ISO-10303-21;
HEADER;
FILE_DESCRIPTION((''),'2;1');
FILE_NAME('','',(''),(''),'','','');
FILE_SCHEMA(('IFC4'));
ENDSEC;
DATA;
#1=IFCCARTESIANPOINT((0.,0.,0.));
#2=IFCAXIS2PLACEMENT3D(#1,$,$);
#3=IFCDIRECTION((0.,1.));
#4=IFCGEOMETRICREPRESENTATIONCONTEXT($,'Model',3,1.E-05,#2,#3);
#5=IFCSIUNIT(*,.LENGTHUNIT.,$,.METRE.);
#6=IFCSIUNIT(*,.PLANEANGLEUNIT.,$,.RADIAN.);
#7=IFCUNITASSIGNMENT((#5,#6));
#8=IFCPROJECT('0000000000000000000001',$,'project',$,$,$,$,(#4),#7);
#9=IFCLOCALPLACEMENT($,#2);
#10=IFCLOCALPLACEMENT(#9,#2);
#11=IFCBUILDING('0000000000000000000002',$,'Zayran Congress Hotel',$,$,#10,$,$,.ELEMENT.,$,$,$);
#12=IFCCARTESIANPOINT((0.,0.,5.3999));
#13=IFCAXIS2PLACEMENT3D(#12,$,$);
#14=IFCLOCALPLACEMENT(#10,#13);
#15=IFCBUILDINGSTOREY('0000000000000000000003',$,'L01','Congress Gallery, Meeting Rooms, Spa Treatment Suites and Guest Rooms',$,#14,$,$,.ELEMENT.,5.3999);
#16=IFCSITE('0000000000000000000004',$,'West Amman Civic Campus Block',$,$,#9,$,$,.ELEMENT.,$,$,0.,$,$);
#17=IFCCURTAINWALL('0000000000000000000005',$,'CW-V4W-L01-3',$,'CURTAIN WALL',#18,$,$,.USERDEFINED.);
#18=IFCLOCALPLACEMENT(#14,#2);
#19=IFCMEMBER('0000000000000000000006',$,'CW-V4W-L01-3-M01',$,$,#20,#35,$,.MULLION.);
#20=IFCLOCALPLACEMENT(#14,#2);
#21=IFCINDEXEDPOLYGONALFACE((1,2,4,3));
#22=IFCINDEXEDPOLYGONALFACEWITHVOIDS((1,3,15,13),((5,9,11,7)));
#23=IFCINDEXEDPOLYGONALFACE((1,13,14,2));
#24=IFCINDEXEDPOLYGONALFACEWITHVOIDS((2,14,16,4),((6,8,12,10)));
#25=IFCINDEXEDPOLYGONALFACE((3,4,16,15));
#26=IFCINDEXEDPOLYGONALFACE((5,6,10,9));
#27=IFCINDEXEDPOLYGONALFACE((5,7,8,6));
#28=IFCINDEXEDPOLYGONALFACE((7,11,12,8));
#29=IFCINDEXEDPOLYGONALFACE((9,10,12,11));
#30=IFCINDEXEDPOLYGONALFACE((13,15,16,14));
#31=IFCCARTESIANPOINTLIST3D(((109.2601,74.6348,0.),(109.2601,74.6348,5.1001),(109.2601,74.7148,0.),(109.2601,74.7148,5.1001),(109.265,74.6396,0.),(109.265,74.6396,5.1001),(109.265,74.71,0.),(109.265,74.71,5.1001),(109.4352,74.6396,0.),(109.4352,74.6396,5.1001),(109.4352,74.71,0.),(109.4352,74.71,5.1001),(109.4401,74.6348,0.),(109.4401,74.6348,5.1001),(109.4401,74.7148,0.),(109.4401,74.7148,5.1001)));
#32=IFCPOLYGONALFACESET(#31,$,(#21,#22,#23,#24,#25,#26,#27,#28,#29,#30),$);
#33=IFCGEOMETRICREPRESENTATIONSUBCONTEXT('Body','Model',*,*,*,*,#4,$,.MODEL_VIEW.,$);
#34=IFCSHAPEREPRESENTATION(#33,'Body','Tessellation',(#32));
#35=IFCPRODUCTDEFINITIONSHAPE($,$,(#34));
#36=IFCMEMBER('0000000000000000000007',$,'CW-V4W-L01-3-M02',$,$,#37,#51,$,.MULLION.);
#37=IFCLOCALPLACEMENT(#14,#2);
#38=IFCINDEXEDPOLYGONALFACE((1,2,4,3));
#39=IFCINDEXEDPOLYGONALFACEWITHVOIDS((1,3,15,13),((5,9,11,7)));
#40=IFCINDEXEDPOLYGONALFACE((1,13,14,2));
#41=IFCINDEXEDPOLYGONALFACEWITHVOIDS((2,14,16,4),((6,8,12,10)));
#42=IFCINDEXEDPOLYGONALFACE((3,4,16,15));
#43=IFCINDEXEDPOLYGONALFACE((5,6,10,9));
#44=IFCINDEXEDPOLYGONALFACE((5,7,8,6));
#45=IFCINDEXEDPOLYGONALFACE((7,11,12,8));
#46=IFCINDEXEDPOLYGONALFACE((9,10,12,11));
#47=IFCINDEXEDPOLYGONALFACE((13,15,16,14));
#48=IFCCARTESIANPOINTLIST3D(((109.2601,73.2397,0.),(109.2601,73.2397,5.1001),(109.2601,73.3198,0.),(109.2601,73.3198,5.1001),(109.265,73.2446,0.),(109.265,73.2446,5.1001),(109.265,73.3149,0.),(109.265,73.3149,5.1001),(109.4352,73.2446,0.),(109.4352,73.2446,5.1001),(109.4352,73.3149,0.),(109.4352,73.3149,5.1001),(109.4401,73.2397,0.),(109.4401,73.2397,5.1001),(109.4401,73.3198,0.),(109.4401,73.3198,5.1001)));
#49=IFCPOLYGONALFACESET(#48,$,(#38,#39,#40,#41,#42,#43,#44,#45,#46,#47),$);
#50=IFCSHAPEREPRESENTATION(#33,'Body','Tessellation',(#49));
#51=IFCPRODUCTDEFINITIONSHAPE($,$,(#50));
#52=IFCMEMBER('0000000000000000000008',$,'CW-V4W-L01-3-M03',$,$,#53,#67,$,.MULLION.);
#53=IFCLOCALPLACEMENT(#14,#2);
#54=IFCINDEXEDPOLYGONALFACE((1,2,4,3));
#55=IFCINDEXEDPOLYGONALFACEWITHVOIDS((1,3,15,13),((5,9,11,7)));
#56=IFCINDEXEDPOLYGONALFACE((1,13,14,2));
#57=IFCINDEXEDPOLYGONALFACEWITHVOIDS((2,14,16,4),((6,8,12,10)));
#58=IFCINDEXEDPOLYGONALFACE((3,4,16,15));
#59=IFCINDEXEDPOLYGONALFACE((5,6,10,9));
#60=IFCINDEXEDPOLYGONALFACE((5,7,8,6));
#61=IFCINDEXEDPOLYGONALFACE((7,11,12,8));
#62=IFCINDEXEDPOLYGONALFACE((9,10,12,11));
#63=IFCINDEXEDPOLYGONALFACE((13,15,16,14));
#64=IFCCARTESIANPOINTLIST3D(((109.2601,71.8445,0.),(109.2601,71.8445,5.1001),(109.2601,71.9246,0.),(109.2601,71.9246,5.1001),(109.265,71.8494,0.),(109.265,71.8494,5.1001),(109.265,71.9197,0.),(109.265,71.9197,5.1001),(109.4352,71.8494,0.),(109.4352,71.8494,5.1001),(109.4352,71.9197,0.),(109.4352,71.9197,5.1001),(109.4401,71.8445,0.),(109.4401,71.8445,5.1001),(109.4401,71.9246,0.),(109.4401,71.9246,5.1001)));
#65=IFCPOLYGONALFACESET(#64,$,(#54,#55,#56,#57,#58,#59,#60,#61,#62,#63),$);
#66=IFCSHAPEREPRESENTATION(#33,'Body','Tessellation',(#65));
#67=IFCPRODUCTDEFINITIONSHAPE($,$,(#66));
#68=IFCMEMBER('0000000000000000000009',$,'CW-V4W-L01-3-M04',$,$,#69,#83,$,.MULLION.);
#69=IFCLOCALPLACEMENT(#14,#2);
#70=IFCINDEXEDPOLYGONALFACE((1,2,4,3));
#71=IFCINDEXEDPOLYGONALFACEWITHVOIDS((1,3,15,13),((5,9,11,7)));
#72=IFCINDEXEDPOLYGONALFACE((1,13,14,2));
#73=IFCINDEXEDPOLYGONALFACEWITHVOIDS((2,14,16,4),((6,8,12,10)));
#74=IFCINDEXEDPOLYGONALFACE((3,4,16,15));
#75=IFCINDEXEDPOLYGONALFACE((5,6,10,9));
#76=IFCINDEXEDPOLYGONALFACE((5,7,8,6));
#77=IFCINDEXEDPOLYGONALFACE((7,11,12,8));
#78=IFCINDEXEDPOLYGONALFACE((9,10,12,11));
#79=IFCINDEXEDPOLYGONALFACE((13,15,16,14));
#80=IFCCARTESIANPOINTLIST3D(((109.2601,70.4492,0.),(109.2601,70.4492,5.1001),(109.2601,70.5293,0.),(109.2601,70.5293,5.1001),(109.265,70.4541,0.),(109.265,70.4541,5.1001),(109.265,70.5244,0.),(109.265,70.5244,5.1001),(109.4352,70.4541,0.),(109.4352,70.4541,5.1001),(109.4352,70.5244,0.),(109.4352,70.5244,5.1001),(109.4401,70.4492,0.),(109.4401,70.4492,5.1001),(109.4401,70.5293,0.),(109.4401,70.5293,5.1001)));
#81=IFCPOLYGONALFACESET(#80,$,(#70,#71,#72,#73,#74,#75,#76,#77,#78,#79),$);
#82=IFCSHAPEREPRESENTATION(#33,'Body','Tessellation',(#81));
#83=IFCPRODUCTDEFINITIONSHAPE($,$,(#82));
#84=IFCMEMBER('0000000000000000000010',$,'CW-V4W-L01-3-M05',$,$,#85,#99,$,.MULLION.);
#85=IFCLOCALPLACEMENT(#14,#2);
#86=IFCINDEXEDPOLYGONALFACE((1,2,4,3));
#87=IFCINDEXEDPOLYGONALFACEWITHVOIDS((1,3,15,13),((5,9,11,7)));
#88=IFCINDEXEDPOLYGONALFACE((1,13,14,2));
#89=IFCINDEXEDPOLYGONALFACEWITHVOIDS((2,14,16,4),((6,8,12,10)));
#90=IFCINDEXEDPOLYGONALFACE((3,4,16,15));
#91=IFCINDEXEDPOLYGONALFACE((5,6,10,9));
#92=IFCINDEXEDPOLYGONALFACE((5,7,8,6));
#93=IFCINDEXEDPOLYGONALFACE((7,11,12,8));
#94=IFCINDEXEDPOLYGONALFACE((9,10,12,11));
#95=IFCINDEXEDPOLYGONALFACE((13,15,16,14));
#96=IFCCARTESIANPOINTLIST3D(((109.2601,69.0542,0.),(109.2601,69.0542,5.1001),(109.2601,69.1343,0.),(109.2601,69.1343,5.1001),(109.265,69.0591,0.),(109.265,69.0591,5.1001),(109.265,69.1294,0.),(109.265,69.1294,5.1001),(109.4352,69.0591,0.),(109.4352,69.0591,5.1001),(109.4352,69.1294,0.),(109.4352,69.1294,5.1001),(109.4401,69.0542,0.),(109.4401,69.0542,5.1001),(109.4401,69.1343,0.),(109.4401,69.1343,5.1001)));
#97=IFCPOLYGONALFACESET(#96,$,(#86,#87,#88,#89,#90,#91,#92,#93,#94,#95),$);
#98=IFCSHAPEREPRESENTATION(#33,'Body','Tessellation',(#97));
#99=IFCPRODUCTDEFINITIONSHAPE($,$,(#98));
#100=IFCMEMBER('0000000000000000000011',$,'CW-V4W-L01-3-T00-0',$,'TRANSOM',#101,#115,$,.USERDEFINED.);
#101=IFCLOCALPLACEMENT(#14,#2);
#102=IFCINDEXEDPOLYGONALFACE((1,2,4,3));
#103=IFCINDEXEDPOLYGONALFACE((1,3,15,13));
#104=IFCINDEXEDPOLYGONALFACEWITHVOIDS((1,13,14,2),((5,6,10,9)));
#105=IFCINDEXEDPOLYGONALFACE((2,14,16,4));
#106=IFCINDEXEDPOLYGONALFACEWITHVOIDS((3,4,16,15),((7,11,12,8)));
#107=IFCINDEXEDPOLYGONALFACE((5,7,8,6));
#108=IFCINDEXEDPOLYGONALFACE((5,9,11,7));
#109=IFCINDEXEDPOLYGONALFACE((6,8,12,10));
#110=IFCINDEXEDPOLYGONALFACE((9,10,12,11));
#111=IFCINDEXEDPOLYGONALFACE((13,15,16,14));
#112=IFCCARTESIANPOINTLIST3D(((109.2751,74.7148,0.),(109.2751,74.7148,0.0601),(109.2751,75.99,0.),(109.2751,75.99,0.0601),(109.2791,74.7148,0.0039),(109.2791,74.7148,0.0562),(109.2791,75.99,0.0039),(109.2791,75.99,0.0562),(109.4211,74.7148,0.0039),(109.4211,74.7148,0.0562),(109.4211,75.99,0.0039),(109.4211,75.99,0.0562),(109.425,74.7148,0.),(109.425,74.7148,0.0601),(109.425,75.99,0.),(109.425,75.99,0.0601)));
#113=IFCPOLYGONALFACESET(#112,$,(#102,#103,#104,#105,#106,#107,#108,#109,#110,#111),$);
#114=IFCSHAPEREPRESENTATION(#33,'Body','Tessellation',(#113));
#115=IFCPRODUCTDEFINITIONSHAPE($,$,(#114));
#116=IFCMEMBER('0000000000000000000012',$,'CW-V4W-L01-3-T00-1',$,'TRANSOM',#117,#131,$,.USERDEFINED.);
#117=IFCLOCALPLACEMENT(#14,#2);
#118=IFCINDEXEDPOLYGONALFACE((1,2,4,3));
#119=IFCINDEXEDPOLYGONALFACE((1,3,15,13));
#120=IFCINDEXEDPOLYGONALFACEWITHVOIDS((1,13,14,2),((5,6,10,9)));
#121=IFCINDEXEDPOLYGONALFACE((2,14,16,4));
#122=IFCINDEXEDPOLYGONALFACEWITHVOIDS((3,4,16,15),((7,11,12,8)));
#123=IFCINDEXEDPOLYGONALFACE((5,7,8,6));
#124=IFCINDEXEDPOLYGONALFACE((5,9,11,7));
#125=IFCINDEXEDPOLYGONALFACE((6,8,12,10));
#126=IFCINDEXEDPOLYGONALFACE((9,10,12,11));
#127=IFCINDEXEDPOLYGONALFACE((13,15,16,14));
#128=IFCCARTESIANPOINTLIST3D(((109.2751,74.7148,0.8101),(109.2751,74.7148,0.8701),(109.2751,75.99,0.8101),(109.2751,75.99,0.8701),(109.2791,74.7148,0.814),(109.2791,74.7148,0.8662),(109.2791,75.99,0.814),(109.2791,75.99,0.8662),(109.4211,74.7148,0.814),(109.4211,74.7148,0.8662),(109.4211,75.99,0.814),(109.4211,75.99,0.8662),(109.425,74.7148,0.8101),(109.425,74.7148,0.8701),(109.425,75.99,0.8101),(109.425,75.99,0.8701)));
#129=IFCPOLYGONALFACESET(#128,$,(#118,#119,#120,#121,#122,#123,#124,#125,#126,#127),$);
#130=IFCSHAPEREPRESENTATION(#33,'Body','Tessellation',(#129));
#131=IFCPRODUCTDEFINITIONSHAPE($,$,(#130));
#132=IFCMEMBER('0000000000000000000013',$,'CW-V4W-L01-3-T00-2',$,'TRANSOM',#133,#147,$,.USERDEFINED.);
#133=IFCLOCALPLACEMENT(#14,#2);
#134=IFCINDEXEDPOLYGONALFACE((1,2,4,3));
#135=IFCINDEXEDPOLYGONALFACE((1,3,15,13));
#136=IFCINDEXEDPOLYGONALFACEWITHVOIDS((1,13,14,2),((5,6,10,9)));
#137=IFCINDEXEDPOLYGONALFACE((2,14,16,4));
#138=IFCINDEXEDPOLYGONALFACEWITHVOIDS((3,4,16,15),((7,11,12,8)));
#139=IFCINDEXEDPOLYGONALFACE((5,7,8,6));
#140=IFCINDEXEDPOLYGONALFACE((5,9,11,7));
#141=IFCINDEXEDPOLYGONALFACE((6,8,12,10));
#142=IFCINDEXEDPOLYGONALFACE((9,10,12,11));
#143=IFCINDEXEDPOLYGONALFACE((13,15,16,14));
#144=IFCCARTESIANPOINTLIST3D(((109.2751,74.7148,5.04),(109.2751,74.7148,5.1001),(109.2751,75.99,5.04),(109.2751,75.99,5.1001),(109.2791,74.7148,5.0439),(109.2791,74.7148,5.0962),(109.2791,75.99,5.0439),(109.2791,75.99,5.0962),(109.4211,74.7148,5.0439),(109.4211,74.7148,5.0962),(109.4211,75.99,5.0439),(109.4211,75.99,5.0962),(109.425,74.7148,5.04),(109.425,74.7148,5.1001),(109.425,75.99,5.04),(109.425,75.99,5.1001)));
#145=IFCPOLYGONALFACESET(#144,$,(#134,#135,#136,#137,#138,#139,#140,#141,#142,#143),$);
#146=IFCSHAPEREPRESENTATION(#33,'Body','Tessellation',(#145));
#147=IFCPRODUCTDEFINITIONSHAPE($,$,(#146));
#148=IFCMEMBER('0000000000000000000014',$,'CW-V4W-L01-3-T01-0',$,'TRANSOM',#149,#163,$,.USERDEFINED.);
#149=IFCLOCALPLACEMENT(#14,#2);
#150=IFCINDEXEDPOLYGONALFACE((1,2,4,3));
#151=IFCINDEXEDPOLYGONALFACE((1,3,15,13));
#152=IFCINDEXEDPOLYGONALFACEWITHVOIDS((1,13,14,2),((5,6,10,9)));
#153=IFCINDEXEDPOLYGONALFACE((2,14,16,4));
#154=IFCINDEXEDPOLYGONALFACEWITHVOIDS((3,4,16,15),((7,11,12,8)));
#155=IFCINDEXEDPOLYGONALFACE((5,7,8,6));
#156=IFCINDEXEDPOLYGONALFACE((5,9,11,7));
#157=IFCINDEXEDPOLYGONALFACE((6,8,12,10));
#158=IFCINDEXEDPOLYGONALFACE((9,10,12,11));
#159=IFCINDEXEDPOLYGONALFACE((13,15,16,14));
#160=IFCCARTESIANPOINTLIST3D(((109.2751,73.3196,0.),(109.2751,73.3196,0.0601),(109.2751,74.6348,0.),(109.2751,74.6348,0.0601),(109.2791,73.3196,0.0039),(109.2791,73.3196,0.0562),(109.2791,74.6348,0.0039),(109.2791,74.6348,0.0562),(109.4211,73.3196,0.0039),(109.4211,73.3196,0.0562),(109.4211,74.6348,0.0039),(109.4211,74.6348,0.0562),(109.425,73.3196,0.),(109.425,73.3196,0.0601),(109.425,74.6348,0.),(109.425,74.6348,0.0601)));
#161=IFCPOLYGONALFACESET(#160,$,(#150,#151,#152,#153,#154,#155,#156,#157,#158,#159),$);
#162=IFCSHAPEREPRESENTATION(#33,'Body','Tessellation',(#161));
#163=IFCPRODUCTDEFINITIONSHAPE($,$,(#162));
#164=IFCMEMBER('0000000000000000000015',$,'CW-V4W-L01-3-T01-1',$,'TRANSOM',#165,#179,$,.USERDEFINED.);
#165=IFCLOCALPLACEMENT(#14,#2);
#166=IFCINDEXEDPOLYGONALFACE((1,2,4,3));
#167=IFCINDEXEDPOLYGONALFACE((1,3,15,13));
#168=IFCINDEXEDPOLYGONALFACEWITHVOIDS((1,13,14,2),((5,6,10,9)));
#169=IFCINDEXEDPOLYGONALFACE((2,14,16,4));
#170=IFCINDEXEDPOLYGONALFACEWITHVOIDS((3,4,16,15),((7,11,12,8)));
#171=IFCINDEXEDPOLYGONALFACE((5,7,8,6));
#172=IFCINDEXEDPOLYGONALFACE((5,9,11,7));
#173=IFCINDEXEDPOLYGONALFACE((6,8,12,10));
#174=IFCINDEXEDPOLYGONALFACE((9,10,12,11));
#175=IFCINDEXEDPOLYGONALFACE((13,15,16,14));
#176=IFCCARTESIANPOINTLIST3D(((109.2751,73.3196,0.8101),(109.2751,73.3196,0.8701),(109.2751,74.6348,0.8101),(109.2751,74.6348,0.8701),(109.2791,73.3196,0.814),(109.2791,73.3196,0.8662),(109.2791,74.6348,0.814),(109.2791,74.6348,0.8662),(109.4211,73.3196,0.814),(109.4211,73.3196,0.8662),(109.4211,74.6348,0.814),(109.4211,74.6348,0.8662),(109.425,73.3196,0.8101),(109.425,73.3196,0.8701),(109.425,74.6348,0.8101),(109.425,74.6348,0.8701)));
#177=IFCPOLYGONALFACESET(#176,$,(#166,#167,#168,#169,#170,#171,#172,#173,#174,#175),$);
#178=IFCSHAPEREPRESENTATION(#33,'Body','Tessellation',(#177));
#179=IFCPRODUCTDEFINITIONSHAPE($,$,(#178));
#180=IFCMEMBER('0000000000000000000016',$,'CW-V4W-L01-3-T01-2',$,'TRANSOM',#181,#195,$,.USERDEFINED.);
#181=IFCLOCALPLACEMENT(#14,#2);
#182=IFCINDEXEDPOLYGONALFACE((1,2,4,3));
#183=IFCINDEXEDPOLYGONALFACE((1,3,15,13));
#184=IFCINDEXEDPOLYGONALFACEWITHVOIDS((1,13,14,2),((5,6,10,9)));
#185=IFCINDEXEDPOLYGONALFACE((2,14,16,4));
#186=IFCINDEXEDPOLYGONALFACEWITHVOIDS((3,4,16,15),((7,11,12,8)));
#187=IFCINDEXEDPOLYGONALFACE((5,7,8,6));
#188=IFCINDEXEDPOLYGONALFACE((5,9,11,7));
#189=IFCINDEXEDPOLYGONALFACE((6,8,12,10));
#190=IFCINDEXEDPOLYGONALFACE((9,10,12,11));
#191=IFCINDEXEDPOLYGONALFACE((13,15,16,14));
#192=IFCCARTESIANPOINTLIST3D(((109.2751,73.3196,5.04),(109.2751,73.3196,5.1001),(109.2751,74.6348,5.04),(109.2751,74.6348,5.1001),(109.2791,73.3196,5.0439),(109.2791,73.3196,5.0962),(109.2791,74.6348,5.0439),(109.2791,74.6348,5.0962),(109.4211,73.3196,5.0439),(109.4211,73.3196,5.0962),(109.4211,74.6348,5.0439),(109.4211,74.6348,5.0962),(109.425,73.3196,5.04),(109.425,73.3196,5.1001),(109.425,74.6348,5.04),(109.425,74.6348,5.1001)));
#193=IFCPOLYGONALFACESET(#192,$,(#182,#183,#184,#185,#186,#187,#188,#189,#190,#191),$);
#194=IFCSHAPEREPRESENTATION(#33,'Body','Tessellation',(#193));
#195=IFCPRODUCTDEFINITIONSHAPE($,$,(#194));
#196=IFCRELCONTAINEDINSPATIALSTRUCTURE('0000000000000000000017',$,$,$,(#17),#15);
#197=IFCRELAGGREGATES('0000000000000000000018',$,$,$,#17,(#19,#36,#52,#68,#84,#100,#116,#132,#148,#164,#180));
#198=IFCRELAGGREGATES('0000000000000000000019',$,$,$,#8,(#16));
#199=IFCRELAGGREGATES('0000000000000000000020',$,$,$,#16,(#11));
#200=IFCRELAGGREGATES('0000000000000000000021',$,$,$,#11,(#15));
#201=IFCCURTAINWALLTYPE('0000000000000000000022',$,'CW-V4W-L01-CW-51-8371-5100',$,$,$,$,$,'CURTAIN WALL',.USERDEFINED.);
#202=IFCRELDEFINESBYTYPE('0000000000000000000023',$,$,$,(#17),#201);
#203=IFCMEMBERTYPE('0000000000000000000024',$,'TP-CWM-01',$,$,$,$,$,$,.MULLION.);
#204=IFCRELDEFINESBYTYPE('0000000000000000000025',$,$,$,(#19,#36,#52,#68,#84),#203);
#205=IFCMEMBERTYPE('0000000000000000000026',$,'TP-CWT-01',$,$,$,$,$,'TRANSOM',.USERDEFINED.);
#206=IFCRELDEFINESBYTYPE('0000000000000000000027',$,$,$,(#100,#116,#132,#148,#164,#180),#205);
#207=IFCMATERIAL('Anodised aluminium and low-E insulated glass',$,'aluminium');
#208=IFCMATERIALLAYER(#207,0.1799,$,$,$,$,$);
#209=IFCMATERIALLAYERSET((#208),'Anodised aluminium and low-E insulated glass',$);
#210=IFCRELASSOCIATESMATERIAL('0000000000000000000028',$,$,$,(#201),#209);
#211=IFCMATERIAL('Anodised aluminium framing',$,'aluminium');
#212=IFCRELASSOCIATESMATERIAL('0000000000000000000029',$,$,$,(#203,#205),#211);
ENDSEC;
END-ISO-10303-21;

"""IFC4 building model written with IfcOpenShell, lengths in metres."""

from ifc_helpers import new_model, si_unit, direction, frame, origin, origin_2d, place, context, subcontext, project, spatial, hollow_rectangle, extrude, material, layer, layer_set, material_profile, profile_set, type_object, element, aggregate, save


model = new_model("IFC4")

# Units and contexts
model_context = context("Model", 3, precision=1e-05, world=origin(), true_north=direction((0.0, 1.0)))
body_context = subcontext(model_context, "Body", "Model", "MODEL_VIEW")
ifc_project = project(units=[si_unit("LENGTHUNIT", "METRE"), si_unit("PLANEANGLEUNIT", "RADIAN")], contexts=[model_context])

# Site, building, storey
site_placement = place(None, origin())
site = spatial("IfcSite", under=ifc_project, at=site_placement, Name="West Amman Civic Campus Block", CompositionType="ELEMENT", RefElevation=0.0)
building_placement = place(site_placement, origin())
building = spatial("IfcBuilding", under=site, at=building_placement, Name="Zayran Congress Hotel", CompositionType="ELEMENT")
storey_placement = place(building_placement, frame((0.0, 0.0, 5.3999)))
storey = spatial("IfcBuildingStorey", under=building, at=storey_placement, Name="L01", Description="Congress Gallery, Meeting Rooms, Spa Treatment Suites and Guest Rooms", CompositionType="ELEMENT", Elevation=5.3999)

# Curtain wall, members
ifc_material_1 = material(Name="Anodised aluminium and low-E insulated glass", Category="aluminium")
ifc_layer_1 = layer(ifc_material_1, 0.1799)
ifc_layer_set_1 = layer_set([ifc_layer_1], Name="Anodised aluminium and low-E insulated glass")
curtain_wall_type = type_object("IfcCurtainWallType", Name="CW-V4W-L01-CW-51-8371-5100", ElementType="CURTAIN WALL", PredefinedType="USERDEFINED", material=ifc_layer_set_1)
curtain_wall_placement = place(storey_placement, origin())
curtain_wall = element("IfcCurtainWall", 1, at=curtain_wall_placement, inside=storey, type_object=curtain_wall_type, Name="CW-V4W-L01-3", ObjectType="CURTAIN WALL", PredefinedType="USERDEFINED")
ifc_material_2 = material(Name="Anodised aluminium framing", Category="aluminium")
ifc_material_profile_1 = material_profile(ifc_material_2, hollow_rectangle(XDim=0.0801, YDim=0.1799, WallThickness=0.0049, at=origin_2d()), Name="RHS 180x80x5")
ifc_profile_set_1 = profile_set([ifc_material_profile_1], Name="Anodised aluminium framing")
member_type_1 = type_object("IfcMemberType", Name="TP-CWM-01", PredefinedType="MULLION", material=ifc_profile_set_1)
member_1_placement = place(storey_placement, frame((109.3501, 74.6748, 0.0), z_axis=(0.0, 0.0, 1.0), x_axis=(0.0, 1.0, 0.0)))
member_1 = element("IfcMember", 2, at=member_1_placement, type_object=member_type_1, Name="CW-V4W-L01-3-M01", PredefinedType="MULLION", context=body_context, shape_type="SweptSolid", body=[
    extrude(hollow_rectangle(XDim=0.0801, YDim=0.1799, WallThickness=0.0049, at=origin_2d()), origin(), (0.0, 0.0, 1.0), 5.1001),
])
member_2_placement = place(storey_placement, frame((109.3501, 73.2798, 0.0), z_axis=(0.0, 0.0, 1.0), x_axis=(0.0, 1.0, 0.0)))
member_2 = element("IfcMember", 3, at=member_2_placement, type_object=member_type_1, Name="CW-V4W-L01-3-M02", PredefinedType="MULLION", context=body_context, shape_type="SweptSolid", body=[
    extrude(hollow_rectangle(XDim=0.0801, YDim=0.1799, WallThickness=0.0049, at=origin_2d()), origin(), (0.0, 0.0, 1.0), 5.1001),
])
member_3_placement = place(storey_placement, frame((109.3501, 71.8845, 0.0), z_axis=(0.0, 0.0, 1.0), x_axis=(0.0, 1.0, 0.0)))
member_3 = element("IfcMember", 4, at=member_3_placement, type_object=member_type_1, Name="CW-V4W-L01-3-M03", PredefinedType="MULLION", context=body_context, shape_type="SweptSolid", body=[
    extrude(hollow_rectangle(XDim=0.0801, YDim=0.1799, WallThickness=0.0049, at=origin_2d()), origin(), (0.0, 0.0, 1.0), 5.1001),
])
member_4_placement = place(storey_placement, frame((109.3501, 70.4893, 0.0), z_axis=(0.0, 0.0, 1.0), x_axis=(0.0, 1.0, 0.0)))
member_4 = element("IfcMember", 5, at=member_4_placement, type_object=member_type_1, Name="CW-V4W-L01-3-M04", PredefinedType="MULLION", context=body_context, shape_type="SweptSolid", body=[
    extrude(hollow_rectangle(XDim=0.0801, YDim=0.1799, WallThickness=0.0049, at=origin_2d()), origin(), (0.0, 0.0, 1.0), 5.1001),
])
member_5_placement = place(storey_placement, frame((109.3501, 69.0942, 0.0), z_axis=(0.0, 0.0, 1.0), x_axis=(0.0, 1.0, 0.0)))
member_5 = element("IfcMember", 6, at=member_5_placement, type_object=member_type_1, Name="CW-V4W-L01-3-M05", PredefinedType="MULLION", context=body_context, shape_type="SweptSolid", body=[
    extrude(hollow_rectangle(XDim=0.0801, YDim=0.1799, WallThickness=0.0049, at=origin_2d()), origin(), (0.0, 0.0, 1.0), 5.1001),
])
ifc_material_profile_2 = material_profile(ifc_material_2, hollow_rectangle(XDim=0.0601, YDim=0.1499, WallThickness=0.0039, at=origin_2d()), Name="RHS 150x60x4")
ifc_profile_set_2 = profile_set([ifc_material_profile_2], Name="Anodised aluminium framing")
member_type_2 = type_object("IfcMemberType", Name="TP-CWT-01", ElementType="TRANSOM", PredefinedType="USERDEFINED", material=ifc_profile_set_2)
member_6_placement = place(storey_placement, frame((109.3501, 75.99, 0.03), z_axis=(0.0, -1.0, 0.0), x_axis=(0.0, 0.0, 1.0)))
member_6 = element("IfcMember", 7, at=member_6_placement, type_object=member_type_2, Name="CW-V4W-L01-3-T00-0", ObjectType="TRANSOM", PredefinedType="USERDEFINED", context=body_context, shape_type="SweptSolid", body=[
    extrude(hollow_rectangle(XDim=0.0601, YDim=0.1499, WallThickness=0.0039, at=origin_2d()), origin(), (0.0, 0.0, 1.0), 1.2751),
])
member_7_placement = place(storey_placement, frame((109.3501, 75.99, 0.8401), z_axis=(0.0, -1.0, 0.0), x_axis=(0.0, 0.0, 1.0)))
member_7 = element("IfcMember", 8, at=member_7_placement, type_object=member_type_2, Name="CW-V4W-L01-3-T00-1", ObjectType="TRANSOM", PredefinedType="USERDEFINED", context=body_context, shape_type="SweptSolid", body=[
    extrude(hollow_rectangle(XDim=0.0601, YDim=0.1499, WallThickness=0.0039, at=origin_2d()), origin(), (0.0, 0.0, 1.0), 1.2751),
])
member_8_placement = place(storey_placement, frame((109.3501, 75.99, 5.0701), z_axis=(0.0, -1.0, 0.0), x_axis=(0.0, 0.0, 1.0)))
member_8 = element("IfcMember", 9, at=member_8_placement, type_object=member_type_2, Name="CW-V4W-L01-3-T00-2", ObjectType="TRANSOM", PredefinedType="USERDEFINED", context=body_context, shape_type="SweptSolid", body=[
    extrude(hollow_rectangle(XDim=0.0601, YDim=0.1499, WallThickness=0.0039, at=origin_2d()), origin(), (0.0, 0.0, 1.0), 1.2751),
])
member_9_placement = place(storey_placement, frame((109.3501, 74.6348, 0.03), z_axis=(0.0, -1.0, 0.0), x_axis=(0.0, 0.0, 1.0)))
member_9 = element("IfcMember", 10, at=member_9_placement, type_object=member_type_2, Name="CW-V4W-L01-3-T01-0", ObjectType="TRANSOM", PredefinedType="USERDEFINED", context=body_context, shape_type="SweptSolid", body=[
    extrude(hollow_rectangle(XDim=0.0601, YDim=0.1499, WallThickness=0.0039, at=origin_2d()), origin(), (0.0, 0.0, 1.0), 1.3152),
])
member_10_placement = place(storey_placement, frame((109.3501, 74.6348, 0.8401), z_axis=(0.0, -1.0, 0.0), x_axis=(0.0, 0.0, 1.0)))
member_10 = element("IfcMember", 11, at=member_10_placement, type_object=member_type_2, Name="CW-V4W-L01-3-T01-1", ObjectType="TRANSOM", PredefinedType="USERDEFINED", context=body_context, shape_type="SweptSolid", body=[
    extrude(hollow_rectangle(XDim=0.0601, YDim=0.1499, WallThickness=0.0039, at=origin_2d()), origin(), (0.0, 0.0, 1.0), 1.3152),
])
member_11_placement = place(storey_placement, frame((109.3501, 74.6348, 5.0701), z_axis=(0.0, -1.0, 0.0), x_axis=(0.0, 0.0, 1.0)))
member_11 = element("IfcMember", 12, at=member_11_placement, type_object=member_type_2, Name="CW-V4W-L01-3-T01-2", ObjectType="TRANSOM", PredefinedType="USERDEFINED", context=body_context, shape_type="SweptSolid", body=[
    extrude(hollow_rectangle(XDim=0.0601, YDim=0.1499, WallThickness=0.0039, at=origin_2d()), origin(), (0.0, 0.0, 1.0), 1.3152),
])
aggregate(curtain_wall, [member_1, member_2, member_3, member_4, member_5, member_6, member_7, member_8, member_9, member_10, member_11])

save(model, "model.ifc")
